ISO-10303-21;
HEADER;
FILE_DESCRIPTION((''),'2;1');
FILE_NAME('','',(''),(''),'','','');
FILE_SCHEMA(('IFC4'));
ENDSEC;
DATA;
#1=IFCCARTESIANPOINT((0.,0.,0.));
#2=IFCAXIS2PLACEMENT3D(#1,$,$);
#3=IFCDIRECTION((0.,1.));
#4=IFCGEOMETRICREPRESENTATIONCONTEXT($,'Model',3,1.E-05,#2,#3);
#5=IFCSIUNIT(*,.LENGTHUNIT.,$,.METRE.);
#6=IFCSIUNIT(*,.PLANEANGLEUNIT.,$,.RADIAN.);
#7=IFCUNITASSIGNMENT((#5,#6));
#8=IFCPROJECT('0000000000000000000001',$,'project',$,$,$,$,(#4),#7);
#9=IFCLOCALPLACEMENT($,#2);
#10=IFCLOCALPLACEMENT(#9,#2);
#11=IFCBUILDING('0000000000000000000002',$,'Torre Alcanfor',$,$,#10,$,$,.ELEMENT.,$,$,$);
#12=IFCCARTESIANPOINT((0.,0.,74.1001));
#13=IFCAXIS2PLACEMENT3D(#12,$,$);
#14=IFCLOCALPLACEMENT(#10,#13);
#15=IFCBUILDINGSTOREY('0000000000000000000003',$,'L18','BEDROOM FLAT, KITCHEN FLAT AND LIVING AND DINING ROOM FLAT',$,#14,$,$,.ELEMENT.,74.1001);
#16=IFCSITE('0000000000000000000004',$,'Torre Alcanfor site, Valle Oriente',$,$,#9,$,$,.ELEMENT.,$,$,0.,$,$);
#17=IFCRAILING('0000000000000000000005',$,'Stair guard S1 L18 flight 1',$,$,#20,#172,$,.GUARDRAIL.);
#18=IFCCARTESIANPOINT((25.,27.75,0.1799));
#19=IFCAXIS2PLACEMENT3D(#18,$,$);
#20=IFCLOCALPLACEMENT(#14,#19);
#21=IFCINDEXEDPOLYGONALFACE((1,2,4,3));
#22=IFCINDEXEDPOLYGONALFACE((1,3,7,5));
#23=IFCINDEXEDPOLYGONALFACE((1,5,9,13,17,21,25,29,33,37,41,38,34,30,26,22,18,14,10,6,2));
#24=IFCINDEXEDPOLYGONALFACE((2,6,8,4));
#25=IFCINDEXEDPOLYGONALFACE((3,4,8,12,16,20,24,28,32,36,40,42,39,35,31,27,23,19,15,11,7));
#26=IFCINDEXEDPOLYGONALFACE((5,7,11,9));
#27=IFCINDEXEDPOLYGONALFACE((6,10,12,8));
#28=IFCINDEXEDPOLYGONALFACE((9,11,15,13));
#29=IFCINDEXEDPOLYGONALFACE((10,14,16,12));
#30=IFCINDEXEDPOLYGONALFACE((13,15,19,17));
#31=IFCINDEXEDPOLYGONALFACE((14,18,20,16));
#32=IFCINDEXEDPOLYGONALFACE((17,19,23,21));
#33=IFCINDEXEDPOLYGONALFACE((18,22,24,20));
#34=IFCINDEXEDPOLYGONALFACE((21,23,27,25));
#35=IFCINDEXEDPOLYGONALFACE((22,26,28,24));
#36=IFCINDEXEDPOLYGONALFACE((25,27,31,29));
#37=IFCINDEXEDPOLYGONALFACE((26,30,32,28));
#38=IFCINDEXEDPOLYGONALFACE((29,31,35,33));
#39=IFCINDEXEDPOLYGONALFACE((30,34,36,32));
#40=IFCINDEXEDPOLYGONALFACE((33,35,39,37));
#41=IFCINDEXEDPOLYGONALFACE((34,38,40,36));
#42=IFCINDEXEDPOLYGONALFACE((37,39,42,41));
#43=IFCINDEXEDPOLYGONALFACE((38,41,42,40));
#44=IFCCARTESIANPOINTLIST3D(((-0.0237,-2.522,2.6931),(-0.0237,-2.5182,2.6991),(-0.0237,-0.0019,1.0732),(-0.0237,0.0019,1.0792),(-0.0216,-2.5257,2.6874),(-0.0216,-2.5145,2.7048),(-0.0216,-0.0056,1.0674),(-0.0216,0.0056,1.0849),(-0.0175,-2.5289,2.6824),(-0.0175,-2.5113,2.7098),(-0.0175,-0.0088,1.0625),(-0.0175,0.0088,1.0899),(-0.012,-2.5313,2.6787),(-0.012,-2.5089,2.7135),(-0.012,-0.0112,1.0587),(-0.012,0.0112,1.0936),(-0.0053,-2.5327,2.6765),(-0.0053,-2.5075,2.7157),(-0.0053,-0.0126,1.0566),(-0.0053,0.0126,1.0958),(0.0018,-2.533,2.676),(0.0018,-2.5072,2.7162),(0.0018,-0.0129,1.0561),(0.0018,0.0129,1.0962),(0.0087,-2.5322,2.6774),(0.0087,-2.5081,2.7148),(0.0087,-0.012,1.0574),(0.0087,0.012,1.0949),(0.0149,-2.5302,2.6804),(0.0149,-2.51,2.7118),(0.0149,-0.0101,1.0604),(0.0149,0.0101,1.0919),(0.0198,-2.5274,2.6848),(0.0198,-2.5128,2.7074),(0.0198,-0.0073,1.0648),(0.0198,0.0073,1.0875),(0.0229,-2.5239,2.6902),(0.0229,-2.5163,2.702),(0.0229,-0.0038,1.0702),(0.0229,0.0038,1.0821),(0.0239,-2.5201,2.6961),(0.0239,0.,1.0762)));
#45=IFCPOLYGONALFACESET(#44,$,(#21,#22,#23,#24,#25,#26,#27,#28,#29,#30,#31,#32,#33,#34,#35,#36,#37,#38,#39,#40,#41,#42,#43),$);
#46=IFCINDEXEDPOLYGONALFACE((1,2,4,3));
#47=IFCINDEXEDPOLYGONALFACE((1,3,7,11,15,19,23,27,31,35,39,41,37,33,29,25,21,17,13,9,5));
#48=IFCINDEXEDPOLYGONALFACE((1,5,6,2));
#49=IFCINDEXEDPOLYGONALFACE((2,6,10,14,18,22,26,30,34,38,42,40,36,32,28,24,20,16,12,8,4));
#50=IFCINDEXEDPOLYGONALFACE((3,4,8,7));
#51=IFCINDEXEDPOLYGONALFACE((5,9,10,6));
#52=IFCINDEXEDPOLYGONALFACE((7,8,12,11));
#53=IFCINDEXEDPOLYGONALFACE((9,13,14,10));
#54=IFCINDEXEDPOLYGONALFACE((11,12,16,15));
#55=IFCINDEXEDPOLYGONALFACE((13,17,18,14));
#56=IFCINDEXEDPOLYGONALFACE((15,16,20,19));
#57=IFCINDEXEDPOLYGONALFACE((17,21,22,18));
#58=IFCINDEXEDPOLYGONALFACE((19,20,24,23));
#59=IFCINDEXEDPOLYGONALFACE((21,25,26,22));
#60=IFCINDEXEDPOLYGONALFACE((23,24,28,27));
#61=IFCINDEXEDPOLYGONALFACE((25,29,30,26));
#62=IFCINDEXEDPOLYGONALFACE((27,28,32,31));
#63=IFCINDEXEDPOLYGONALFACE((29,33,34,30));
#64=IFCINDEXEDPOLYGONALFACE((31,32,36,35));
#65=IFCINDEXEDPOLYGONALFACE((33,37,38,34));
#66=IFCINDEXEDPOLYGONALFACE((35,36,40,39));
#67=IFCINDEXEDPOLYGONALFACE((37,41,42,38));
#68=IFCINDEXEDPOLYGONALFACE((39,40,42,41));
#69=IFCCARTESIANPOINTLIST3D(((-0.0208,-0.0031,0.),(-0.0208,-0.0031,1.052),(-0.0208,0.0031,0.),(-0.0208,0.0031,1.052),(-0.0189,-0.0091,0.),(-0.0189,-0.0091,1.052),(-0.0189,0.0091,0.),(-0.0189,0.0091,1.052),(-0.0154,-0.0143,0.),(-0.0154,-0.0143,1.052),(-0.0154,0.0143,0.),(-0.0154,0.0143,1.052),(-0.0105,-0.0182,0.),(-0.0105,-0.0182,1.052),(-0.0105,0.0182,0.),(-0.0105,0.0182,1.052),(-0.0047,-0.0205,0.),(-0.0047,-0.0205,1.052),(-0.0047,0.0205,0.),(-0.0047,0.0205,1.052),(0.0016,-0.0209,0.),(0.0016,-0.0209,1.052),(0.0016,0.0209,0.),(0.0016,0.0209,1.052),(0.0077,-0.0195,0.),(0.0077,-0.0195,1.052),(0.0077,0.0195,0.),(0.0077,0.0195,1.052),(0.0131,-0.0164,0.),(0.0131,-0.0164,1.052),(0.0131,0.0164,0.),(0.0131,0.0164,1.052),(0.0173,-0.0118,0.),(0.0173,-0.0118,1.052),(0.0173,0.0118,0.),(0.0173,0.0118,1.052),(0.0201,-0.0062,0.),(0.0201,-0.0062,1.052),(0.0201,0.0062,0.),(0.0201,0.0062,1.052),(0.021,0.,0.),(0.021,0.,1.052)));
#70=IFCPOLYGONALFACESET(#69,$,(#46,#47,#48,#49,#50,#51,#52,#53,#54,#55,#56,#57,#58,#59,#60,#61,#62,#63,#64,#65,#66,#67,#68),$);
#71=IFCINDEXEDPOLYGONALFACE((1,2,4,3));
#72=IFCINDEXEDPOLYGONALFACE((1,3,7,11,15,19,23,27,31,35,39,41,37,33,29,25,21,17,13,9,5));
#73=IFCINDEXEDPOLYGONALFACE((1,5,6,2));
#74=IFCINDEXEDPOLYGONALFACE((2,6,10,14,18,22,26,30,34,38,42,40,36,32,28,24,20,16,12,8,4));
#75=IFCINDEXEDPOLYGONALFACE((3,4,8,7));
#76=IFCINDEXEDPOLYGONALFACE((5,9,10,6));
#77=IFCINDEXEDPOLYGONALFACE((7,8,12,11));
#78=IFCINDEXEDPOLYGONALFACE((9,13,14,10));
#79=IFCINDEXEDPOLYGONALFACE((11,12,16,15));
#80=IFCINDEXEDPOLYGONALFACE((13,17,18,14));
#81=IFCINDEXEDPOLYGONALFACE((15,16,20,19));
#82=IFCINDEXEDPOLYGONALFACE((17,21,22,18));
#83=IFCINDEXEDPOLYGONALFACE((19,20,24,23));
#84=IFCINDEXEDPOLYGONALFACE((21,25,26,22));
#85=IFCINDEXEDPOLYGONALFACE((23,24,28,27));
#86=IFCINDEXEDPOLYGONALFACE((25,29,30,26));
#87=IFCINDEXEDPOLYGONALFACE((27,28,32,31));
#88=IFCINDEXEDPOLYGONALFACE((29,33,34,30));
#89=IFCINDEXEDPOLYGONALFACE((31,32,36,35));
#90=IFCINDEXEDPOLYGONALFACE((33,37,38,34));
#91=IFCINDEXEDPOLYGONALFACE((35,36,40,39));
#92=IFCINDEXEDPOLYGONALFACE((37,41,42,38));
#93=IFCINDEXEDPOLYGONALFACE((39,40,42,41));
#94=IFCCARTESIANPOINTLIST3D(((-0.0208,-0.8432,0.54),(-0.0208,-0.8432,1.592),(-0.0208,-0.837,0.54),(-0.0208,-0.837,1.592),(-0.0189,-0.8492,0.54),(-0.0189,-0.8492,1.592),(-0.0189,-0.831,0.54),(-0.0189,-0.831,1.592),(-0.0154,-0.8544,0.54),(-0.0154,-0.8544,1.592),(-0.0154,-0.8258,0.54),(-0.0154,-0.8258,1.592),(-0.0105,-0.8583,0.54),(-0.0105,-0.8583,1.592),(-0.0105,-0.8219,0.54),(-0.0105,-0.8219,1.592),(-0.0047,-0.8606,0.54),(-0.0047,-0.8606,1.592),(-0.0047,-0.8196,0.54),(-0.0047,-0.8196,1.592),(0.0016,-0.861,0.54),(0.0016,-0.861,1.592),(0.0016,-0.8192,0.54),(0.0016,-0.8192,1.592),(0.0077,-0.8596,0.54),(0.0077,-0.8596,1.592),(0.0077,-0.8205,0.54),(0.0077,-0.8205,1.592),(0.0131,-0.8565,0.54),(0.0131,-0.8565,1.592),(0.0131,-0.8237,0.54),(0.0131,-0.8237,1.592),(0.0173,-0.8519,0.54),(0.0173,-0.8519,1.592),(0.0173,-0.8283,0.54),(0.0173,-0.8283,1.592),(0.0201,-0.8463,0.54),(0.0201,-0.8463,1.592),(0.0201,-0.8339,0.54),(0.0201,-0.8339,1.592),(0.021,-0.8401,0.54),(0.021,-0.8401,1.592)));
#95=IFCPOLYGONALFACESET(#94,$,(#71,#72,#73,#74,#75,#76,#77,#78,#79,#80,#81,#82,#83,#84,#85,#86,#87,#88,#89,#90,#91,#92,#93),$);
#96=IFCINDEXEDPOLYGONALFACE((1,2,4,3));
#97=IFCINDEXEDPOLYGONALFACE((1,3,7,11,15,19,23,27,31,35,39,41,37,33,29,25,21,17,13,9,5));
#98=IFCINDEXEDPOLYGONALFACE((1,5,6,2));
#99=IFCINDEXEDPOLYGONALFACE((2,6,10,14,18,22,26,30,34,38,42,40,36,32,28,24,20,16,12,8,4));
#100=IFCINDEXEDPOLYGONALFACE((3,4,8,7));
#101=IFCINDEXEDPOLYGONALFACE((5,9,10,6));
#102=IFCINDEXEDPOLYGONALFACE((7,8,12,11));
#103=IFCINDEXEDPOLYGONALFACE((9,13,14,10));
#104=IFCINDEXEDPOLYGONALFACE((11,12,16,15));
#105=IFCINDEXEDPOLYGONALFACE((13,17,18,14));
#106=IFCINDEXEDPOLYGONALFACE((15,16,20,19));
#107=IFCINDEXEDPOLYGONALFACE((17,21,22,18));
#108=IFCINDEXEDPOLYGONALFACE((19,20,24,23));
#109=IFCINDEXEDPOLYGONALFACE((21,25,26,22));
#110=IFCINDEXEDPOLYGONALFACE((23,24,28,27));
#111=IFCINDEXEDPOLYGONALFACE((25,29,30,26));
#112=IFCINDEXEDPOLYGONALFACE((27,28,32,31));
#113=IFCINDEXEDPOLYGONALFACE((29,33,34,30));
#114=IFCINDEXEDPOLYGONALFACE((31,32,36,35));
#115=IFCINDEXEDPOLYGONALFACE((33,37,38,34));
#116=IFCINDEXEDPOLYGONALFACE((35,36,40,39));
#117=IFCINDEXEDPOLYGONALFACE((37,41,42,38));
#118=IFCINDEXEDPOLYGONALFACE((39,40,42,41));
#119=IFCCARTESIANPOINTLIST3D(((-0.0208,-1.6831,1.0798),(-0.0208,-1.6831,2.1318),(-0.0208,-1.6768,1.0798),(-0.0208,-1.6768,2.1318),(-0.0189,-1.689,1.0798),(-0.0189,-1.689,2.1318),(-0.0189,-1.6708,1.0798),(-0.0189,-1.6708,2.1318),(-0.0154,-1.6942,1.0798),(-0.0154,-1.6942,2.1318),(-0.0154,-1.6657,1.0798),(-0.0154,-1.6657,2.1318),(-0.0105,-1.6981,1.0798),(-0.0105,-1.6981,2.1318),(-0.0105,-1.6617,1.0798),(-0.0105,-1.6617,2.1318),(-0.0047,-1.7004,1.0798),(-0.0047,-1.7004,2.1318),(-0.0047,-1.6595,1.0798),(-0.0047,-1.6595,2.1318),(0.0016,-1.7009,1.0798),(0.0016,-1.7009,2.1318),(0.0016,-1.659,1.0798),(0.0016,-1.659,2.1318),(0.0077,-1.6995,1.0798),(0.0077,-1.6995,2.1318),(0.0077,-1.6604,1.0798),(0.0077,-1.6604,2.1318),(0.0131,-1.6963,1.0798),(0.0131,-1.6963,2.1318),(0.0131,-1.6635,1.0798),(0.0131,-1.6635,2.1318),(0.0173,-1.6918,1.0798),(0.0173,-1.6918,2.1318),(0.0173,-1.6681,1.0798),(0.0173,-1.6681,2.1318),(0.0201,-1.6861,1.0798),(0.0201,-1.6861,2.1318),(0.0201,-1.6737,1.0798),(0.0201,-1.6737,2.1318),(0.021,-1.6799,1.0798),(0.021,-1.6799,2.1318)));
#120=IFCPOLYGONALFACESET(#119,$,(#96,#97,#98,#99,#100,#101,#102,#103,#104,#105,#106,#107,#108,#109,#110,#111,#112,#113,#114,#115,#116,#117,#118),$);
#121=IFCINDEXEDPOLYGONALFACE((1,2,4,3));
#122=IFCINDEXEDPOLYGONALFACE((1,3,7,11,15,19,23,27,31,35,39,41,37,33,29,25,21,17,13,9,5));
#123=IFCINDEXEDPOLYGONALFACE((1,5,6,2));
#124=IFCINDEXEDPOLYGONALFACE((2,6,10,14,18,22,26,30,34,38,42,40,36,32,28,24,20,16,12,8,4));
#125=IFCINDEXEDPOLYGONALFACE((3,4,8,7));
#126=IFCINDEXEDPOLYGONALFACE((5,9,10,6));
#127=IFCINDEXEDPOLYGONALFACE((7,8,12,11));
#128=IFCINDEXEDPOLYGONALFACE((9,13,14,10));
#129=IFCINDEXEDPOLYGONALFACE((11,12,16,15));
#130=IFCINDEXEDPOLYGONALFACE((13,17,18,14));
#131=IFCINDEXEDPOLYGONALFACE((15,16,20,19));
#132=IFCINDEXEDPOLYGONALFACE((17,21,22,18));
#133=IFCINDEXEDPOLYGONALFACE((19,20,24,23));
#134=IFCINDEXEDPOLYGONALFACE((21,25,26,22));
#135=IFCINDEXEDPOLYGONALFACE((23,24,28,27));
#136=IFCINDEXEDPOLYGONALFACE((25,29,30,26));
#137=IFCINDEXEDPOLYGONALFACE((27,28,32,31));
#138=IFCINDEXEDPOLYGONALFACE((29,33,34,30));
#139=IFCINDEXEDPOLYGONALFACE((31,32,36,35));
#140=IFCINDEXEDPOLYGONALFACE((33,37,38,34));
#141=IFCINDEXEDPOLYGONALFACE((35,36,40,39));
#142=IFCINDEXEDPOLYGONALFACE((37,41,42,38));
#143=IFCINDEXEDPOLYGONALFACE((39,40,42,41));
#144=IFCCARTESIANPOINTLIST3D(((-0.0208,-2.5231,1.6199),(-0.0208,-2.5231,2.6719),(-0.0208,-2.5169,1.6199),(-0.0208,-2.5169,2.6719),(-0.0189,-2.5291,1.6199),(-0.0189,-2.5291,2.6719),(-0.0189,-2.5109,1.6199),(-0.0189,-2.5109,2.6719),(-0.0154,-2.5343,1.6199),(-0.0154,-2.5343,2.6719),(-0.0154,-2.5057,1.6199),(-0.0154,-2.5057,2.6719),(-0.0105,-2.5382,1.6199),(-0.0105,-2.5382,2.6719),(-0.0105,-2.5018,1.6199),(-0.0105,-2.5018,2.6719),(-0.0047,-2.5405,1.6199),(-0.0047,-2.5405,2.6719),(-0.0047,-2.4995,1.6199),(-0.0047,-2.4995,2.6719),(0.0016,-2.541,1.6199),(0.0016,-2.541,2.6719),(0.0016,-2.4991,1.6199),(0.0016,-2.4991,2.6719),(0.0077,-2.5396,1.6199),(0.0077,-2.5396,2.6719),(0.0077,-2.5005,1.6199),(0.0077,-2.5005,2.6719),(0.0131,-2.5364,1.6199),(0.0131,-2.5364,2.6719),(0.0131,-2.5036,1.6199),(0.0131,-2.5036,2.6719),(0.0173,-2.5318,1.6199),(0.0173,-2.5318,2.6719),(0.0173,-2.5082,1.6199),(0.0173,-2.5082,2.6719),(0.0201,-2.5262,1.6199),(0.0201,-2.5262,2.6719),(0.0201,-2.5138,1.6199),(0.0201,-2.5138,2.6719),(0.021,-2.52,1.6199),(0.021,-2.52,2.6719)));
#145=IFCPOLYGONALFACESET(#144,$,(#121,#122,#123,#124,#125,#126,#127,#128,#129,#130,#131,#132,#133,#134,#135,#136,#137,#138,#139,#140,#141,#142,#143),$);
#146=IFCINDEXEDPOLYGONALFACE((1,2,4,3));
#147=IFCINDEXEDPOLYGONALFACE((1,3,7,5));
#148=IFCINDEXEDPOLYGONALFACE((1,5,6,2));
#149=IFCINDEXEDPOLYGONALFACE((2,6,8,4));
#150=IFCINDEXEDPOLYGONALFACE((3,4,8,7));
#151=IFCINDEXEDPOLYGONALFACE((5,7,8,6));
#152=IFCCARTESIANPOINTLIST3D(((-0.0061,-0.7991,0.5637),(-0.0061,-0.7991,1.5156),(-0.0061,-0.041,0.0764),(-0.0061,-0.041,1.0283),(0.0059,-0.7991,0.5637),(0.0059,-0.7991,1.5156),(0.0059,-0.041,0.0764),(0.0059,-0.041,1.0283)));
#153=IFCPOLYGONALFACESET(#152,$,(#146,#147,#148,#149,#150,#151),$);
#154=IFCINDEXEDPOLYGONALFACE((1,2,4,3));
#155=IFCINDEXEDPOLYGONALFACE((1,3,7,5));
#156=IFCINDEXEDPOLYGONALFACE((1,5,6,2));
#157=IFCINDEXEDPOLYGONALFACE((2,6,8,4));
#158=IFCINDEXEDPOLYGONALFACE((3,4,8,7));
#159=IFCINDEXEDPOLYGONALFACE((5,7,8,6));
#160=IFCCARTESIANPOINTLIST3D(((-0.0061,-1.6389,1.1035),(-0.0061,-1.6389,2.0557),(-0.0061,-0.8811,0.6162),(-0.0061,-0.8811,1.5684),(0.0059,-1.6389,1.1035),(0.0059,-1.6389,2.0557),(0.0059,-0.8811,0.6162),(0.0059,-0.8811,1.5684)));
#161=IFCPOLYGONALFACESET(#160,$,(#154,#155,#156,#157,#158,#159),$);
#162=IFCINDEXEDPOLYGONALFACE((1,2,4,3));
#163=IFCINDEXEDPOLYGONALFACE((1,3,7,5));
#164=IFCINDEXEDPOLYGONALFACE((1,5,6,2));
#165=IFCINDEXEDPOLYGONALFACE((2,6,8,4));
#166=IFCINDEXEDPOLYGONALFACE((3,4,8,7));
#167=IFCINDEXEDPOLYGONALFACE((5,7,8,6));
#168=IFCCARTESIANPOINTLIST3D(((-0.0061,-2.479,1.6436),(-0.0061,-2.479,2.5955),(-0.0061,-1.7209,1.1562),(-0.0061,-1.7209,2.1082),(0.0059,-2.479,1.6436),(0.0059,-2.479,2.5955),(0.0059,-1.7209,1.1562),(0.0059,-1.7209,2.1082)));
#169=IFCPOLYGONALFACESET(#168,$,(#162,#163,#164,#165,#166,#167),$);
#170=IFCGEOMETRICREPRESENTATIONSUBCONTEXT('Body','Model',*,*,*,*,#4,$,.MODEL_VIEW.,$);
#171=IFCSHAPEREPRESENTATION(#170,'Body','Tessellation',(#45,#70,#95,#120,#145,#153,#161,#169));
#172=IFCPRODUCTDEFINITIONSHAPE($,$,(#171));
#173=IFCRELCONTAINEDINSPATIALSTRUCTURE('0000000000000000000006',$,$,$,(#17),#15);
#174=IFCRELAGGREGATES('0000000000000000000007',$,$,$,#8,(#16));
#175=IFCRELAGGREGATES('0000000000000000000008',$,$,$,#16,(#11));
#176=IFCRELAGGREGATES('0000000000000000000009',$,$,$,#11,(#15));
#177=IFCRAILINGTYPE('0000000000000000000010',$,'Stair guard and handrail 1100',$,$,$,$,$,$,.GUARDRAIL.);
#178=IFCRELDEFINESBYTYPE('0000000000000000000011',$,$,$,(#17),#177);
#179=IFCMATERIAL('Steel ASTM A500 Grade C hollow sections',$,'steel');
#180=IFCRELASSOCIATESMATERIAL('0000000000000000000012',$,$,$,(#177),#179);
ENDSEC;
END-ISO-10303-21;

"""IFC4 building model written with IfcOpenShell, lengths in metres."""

from ifc_helpers import new_model, si_unit, direction, frame, origin, origin_2d, place, context, subcontext, project, spatial, polyline, circle, outline, extrude, material, type_object, element, save


model = new_model("IFC4")

# Units and contexts
model_context = context("Model", 3, precision=1e-05, world=origin(), true_north=direction((0.0, 1.0)))
body_context = subcontext(model_context, "Body", "Model", "MODEL_VIEW")
ifc_project = project(units=[si_unit("LENGTHUNIT", "METRE"), si_unit("PLANEANGLEUNIT", "RADIAN")], contexts=[model_context])

# Site, building, storey
site_placement = place(None, origin())
site = spatial("IfcSite", under=ifc_project, at=site_placement, Name="Torre Alcanfor site, Valle Oriente", CompositionType="ELEMENT", RefElevation=0.0)
building_placement = place(site_placement, origin())
building = spatial("IfcBuilding", under=site, at=building_placement, Name="Torre Alcanfor", CompositionType="ELEMENT")
storey_placement = place(building_placement, frame((0.0, 0.0, 74.1001)))
storey = spatial("IfcBuildingStorey", under=building, at=storey_placement, Name="L18", Description="BEDROOM FLAT, KITCHEN FLAT AND LIVING AND DINING ROOM FLAT", CompositionType="ELEMENT", Elevation=74.1001)

# Railing
ifc_material_1 = material(Name="Steel ASTM A500 Grade C hollow sections", Category="steel")
railing_type_1 = type_object("IfcRailingType", Name="Stair guard and handrail 1100", PredefinedType="GUARDRAIL", material=ifc_material_1)
railing_1_placement = place(storey_placement, frame((25.0, 27.75, 0.1799)))
element("IfcRailing", 1, at=railing_1_placement, inside=storey, type_object=railing_type_1, Name="Stair guard S1 L18 flight 1", PredefinedType="GUARDRAIL", context=body_context, shape_type="SweptSolid", body=[
    extrude(circle(Radius=0.0239, at=origin_2d()), frame((0.0, 0.0, 1.0762), z_axis=(0.0, -0.8412, 0.540725), x_axis=(1.0, 0.0, 0.0)), (0.0, 0.0, 1.0), 2.9958),
    extrude(circle(Radius=0.021, at=origin_2d()), origin(), (0.0, 0.0, 1.0), 1.052),
    extrude(circle(Radius=0.021, at=origin_2d()), frame((0.0, -0.8401, 0.54)), (0.0, 0.0, 1.0), 1.052),
    extrude(circle(Radius=0.021, at=origin_2d()), frame((0.0, -1.6799, 1.0798)), (0.0, 0.0, 1.0), 1.052),
    extrude(circle(Radius=0.021, at=origin_2d()), frame((0.0, -2.52, 1.6199)), (0.0, 0.0, 1.0), 1.052),
    extrude(outline(polyline([(0.041, 0.0764), (0.7991, 0.5637), (0.7991, 1.5156), (0.041, 1.0283), (0.041, 0.0764)])), frame((0.0059, 0.0, 0.0), z_axis=(-1.0, 0.0, 0.0), x_axis=(0.0, -1.0, 0.0)), (0.0, 0.0, 1.0), 0.012),
    extrude(outline(polyline([(0.8811, 0.6162), (1.6389, 1.1035), (1.6389, 2.0557), (0.8811, 1.5684), (0.8811, 0.6162)])), frame((0.0059, 0.0, 0.0), z_axis=(-1.0, 0.0, 0.0), x_axis=(0.0, -1.0, 0.0)), (0.0, 0.0, 1.0), 0.012),
    extrude(outline(polyline([(1.7209, 1.1562), (2.479, 1.6436), (2.479, 2.5955), (1.7209, 2.1082), (1.7209, 1.1562)])), frame((0.0059, 0.0, 0.0), z_axis=(-1.0, 0.0, 0.0), x_axis=(0.0, -1.0, 0.0)), (0.0, 0.0, 1.0), 0.012),
])

save(model, "model.ifc")
